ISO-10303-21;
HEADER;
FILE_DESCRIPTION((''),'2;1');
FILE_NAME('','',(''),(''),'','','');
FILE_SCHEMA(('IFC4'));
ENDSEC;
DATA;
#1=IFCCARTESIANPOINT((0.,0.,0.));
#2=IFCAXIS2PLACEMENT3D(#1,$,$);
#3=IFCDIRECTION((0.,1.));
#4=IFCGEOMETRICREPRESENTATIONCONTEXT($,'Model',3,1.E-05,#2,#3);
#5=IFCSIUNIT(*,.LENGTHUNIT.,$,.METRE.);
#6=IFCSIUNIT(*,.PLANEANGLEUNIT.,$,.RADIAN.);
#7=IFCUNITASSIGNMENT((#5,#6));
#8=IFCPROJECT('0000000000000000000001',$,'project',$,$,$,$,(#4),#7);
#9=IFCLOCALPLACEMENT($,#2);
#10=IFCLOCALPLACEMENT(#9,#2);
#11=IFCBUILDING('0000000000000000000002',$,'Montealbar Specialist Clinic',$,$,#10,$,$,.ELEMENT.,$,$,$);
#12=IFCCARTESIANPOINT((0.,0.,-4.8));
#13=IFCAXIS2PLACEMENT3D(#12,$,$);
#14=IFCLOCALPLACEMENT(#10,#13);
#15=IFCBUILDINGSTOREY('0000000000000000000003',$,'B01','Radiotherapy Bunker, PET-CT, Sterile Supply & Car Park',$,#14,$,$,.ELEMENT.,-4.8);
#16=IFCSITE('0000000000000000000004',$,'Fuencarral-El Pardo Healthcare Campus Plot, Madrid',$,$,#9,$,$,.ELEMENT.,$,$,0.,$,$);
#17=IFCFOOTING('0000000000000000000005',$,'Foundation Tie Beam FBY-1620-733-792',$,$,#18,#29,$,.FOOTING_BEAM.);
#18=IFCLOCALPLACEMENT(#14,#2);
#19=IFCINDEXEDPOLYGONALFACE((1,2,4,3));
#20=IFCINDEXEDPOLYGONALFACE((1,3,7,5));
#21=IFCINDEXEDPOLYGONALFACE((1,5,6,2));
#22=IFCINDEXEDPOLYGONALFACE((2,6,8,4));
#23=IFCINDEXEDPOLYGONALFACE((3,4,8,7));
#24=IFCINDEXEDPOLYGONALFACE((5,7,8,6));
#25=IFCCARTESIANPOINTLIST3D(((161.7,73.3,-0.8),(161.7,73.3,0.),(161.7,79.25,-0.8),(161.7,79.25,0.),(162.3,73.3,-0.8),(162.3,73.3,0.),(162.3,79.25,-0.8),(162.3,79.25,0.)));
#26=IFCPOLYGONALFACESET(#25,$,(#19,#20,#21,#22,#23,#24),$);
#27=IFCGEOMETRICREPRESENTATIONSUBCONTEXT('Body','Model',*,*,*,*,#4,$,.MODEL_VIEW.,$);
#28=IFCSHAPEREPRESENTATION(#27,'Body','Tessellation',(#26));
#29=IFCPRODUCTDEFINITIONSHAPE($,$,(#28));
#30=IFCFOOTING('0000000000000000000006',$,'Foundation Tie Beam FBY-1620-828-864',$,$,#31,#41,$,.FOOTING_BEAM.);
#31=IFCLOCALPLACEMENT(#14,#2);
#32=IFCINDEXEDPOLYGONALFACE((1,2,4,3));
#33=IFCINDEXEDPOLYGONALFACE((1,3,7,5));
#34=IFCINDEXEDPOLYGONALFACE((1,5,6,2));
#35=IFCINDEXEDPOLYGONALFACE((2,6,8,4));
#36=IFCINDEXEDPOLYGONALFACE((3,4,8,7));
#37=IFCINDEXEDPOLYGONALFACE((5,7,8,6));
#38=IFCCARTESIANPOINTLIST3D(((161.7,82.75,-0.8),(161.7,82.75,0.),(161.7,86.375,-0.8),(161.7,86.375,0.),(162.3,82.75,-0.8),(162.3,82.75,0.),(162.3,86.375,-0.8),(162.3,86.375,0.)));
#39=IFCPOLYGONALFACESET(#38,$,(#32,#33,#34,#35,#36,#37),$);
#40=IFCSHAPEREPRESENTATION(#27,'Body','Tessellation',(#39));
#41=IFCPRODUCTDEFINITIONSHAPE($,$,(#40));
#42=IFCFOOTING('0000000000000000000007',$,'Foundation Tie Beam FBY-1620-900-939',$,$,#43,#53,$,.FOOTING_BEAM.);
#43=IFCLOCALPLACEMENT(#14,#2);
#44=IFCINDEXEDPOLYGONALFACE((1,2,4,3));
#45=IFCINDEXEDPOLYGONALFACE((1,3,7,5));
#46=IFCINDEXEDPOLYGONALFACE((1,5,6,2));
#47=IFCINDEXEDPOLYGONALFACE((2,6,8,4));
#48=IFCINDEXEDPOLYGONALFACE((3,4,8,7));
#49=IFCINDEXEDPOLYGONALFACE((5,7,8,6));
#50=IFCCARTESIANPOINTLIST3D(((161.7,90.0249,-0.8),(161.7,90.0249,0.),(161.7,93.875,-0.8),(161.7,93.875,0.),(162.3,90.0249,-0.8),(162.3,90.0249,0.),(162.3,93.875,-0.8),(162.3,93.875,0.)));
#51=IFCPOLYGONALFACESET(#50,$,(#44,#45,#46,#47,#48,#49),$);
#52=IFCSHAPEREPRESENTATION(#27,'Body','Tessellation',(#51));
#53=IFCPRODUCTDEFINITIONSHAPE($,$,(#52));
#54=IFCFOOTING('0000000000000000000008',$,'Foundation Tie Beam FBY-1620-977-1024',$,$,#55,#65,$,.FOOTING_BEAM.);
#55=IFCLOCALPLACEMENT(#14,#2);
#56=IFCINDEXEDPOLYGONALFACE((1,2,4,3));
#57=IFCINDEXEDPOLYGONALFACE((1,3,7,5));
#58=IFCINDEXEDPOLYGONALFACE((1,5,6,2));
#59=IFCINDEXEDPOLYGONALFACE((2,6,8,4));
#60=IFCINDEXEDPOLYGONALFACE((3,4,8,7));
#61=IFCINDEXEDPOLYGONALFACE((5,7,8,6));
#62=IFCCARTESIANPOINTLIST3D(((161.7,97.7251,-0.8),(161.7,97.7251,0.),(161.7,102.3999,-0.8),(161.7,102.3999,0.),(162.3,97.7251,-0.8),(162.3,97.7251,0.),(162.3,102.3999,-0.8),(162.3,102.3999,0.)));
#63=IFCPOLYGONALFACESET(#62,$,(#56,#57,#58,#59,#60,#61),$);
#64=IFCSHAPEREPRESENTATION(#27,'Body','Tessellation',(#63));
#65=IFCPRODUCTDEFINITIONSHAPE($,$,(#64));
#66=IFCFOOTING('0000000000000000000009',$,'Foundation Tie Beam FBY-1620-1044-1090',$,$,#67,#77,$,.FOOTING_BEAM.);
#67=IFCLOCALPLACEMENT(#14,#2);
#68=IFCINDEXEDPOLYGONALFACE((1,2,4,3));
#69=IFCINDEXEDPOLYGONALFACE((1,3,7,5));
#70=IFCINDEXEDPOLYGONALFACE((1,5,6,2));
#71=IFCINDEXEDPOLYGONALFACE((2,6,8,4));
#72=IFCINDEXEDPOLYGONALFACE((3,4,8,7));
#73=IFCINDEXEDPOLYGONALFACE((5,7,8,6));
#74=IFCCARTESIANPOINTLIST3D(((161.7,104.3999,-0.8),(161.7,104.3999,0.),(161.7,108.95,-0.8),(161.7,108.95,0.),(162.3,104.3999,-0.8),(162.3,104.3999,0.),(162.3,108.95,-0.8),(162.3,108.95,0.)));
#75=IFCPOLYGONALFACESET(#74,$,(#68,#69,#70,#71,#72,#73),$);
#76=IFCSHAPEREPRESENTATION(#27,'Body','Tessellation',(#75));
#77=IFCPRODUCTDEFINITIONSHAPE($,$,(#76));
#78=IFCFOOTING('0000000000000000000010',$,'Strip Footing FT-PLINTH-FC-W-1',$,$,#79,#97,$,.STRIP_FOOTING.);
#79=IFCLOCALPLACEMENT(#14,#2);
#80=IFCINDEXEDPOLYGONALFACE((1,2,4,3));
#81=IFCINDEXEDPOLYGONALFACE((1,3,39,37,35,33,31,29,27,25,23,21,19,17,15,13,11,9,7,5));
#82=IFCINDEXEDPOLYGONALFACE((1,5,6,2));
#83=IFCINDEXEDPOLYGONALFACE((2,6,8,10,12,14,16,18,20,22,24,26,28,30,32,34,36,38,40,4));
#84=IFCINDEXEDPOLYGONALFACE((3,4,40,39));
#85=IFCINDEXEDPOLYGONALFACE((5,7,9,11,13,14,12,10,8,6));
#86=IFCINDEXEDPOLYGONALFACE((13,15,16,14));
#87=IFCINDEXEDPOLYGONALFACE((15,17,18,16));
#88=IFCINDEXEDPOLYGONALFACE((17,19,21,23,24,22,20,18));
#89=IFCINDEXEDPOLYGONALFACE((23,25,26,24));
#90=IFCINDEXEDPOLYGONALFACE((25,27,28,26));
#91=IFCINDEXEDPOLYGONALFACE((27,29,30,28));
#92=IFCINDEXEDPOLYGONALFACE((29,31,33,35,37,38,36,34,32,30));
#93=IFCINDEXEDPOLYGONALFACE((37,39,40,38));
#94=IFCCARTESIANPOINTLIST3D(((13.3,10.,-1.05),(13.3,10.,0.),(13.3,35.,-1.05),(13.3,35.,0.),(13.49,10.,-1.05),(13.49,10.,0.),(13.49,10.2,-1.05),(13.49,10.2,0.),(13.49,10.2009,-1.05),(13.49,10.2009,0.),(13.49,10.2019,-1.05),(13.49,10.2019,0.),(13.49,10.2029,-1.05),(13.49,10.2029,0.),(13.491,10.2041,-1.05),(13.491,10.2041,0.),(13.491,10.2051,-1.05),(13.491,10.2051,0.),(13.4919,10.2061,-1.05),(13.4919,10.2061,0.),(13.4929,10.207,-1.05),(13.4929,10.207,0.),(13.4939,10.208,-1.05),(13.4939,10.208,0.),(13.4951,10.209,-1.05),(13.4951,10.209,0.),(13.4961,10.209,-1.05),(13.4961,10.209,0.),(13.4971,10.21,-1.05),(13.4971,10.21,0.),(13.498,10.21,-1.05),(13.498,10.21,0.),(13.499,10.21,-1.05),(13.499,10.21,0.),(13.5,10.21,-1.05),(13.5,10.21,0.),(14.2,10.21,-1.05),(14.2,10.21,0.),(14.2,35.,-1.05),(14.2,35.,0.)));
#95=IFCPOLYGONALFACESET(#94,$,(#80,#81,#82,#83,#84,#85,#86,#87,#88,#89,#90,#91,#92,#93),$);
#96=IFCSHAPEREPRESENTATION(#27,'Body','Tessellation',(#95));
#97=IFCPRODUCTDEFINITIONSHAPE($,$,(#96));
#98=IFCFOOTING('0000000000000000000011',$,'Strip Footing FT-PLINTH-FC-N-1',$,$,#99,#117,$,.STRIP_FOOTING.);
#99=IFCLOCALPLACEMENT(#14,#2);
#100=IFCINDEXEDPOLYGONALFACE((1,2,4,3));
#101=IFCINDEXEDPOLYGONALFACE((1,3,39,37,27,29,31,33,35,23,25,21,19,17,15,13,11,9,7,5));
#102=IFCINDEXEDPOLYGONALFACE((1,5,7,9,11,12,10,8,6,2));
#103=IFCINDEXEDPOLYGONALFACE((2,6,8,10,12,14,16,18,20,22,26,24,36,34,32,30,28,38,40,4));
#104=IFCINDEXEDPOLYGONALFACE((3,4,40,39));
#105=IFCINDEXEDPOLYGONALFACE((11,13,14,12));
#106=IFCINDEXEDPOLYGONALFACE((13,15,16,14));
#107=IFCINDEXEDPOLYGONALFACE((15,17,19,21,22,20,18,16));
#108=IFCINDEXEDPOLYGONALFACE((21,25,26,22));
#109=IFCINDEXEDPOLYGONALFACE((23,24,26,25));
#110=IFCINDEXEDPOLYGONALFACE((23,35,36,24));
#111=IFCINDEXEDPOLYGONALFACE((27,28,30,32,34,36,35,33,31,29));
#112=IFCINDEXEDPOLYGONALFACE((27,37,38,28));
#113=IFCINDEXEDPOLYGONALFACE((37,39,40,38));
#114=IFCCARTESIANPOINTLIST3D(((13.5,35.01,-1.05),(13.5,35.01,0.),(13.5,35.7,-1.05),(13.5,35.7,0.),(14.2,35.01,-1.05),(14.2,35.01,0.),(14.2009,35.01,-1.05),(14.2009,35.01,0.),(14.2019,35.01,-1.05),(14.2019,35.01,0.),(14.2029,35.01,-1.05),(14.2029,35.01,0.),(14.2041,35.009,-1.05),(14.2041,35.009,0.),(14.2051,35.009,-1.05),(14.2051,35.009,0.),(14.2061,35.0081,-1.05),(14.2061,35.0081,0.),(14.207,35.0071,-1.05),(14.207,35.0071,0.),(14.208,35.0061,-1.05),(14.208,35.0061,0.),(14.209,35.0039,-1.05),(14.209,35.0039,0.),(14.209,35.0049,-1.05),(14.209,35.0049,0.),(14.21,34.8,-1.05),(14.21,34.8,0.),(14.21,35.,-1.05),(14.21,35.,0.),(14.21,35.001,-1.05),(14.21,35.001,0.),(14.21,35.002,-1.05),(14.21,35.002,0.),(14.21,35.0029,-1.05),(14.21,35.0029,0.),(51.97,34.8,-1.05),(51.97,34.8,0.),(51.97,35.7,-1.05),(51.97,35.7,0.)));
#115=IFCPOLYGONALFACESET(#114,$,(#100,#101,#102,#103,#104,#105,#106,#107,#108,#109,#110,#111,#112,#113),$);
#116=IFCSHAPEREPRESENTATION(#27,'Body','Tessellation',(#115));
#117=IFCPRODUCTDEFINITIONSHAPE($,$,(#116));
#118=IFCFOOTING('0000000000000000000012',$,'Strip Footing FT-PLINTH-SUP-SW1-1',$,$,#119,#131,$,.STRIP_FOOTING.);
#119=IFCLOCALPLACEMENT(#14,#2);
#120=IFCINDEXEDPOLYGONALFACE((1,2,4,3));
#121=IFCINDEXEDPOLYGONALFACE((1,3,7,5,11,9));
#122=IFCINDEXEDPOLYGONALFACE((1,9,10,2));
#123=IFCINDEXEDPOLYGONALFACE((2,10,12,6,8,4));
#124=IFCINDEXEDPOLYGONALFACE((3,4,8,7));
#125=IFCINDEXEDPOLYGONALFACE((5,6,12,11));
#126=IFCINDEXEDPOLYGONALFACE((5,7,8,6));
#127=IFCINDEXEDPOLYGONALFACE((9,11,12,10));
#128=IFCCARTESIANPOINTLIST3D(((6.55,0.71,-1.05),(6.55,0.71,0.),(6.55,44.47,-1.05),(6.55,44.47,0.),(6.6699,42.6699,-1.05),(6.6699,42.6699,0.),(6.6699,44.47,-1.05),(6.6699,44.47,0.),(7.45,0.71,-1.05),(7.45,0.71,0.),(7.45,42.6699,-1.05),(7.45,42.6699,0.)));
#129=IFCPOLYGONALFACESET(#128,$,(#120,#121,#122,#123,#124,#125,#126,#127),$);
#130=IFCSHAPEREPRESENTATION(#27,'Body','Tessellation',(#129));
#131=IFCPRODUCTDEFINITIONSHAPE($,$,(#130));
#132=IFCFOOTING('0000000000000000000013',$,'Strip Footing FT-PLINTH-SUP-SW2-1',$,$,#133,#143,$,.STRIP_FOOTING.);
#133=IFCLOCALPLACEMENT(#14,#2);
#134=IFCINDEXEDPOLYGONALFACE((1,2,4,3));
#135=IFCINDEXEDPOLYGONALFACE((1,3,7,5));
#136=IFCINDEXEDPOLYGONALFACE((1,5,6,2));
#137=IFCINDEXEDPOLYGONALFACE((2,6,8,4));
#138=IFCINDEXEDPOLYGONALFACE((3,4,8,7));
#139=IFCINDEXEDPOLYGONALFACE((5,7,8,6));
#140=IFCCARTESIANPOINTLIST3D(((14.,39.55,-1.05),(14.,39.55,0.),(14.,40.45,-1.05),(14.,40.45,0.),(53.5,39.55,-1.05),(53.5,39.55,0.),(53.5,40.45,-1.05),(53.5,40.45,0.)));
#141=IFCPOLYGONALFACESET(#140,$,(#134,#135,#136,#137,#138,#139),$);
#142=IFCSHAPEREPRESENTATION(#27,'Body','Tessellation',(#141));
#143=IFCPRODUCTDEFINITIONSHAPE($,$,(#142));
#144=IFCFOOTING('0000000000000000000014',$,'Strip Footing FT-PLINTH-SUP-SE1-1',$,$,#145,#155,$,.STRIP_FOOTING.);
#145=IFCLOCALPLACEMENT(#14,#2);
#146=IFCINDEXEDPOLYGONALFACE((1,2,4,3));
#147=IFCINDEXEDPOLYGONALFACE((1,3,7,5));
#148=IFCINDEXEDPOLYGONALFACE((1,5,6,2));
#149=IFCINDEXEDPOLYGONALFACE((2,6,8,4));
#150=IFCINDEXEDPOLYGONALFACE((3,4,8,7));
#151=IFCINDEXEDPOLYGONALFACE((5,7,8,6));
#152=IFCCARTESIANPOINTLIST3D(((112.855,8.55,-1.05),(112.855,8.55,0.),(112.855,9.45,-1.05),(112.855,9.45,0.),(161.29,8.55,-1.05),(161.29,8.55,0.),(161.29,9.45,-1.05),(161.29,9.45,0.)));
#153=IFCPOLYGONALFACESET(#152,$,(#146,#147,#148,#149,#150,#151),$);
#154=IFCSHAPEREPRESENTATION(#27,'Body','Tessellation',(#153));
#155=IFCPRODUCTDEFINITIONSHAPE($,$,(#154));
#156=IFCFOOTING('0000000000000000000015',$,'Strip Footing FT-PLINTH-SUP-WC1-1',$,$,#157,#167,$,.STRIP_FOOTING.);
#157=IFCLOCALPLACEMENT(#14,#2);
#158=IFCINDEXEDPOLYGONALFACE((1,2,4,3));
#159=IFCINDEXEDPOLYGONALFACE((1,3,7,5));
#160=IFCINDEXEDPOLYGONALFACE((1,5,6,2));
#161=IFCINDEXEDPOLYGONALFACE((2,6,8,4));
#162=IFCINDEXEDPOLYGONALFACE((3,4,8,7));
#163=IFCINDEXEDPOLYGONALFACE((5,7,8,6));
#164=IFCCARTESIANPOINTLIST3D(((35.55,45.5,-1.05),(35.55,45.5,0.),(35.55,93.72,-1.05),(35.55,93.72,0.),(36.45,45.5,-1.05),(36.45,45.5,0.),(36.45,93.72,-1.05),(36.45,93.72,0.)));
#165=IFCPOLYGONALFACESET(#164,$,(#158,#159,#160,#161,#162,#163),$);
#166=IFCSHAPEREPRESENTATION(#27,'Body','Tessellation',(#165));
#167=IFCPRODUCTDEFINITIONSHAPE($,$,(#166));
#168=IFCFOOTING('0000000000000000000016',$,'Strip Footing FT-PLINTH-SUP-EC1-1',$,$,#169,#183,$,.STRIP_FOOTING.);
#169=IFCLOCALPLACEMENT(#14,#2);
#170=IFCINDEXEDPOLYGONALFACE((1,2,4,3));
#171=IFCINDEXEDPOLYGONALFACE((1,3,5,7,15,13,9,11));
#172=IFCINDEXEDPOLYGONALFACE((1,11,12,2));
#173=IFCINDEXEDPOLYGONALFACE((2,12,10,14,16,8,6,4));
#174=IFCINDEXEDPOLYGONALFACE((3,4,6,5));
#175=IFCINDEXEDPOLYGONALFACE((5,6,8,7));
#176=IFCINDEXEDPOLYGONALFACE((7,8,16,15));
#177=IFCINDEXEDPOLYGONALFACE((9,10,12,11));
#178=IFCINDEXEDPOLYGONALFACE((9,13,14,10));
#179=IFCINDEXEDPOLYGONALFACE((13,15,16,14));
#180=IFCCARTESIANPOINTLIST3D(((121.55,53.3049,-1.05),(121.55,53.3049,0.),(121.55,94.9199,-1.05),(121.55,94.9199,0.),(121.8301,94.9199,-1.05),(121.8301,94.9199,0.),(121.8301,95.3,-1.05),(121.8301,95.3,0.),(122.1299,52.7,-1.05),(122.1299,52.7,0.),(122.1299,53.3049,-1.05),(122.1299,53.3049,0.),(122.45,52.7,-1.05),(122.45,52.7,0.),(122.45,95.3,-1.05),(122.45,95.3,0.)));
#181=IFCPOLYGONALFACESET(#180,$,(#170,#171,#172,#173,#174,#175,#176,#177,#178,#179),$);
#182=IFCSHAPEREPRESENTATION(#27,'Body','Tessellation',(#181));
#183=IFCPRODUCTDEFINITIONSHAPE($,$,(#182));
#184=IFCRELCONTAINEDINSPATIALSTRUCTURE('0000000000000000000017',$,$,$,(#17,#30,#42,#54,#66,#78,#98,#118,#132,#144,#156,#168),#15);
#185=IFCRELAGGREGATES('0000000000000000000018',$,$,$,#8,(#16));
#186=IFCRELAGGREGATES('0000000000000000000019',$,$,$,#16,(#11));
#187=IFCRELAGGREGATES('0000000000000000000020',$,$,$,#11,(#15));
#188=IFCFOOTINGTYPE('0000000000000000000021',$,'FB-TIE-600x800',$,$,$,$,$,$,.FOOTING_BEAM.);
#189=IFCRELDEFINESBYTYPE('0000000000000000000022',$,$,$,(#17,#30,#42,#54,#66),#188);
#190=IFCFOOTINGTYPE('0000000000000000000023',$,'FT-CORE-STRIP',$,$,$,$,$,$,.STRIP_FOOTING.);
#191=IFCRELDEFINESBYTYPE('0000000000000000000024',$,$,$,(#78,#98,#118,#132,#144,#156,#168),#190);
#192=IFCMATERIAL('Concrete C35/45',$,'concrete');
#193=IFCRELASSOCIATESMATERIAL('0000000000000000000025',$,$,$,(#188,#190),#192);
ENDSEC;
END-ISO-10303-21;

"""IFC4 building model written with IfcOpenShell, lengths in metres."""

from ifc_helpers import new_model, si_unit, direction, frame, origin, place, context, subcontext, project, spatial, polyline, outline, extrude, material, type_object, element, save


model = new_model("IFC4")

# Units and contexts
model_context = context("Model", 3, precision=1e-05, world=origin(), true_north=direction((0.0, 1.0)))
body_context = subcontext(model_context, "Body", "Model", "MODEL_VIEW")
ifc_project = project(units=[si_unit("LENGTHUNIT", "METRE"), si_unit("PLANEANGLEUNIT", "RADIAN")], contexts=[model_context])

# Site, building, storey
site_placement = place(None, origin())
site = spatial("IfcSite", under=ifc_project, at=site_placement, Name="Fuencarral-El Pardo Healthcare Campus Plot, Madrid", CompositionType="ELEMENT", RefElevation=0.0)
building_placement = place(site_placement, origin())
building = spatial("IfcBuilding", under=site, at=building_placement, Name="Montealbar Specialist Clinic", CompositionType="ELEMENT")
storey_placement = place(building_placement, frame((0.0, 0.0, -4.8)))
storey = spatial("IfcBuildingStorey", under=building, at=storey_placement, Name="B01", Description="Radiotherapy Bunker, PET-CT, Sterile Supply & Car Park", CompositionType="ELEMENT", Elevation=-4.8)

# Footings
ifc_material = material(Name="Concrete C35/45", Category="concrete")
footing_type_1 = type_object("IfcFootingType", Name="FB-TIE-600x800", PredefinedType="FOOTING_BEAM", material=ifc_material)
footing_1_placement = place(storey_placement, frame((0.0, 0.0, -0.8)))
element("IfcFooting", 1, at=footing_1_placement, inside=storey, type_object=footing_type_1, Name="Foundation Tie Beam FBY-1620-733-792", PredefinedType="FOOTING_BEAM", context=body_context, shape_type="SweptSolid", body=[
    extrude(outline(polyline([(161.7, 73.3), (162.3, 73.3), (162.3, 79.25), (161.7, 79.25), (161.7, 73.3)])), origin(), (0.0, 0.0, 1.0), 0.8),
])
footing_2_placement = place(storey_placement, frame((0.0, 0.0, -0.8)))
element("IfcFooting", 2, at=footing_2_placement, inside=storey, type_object=footing_type_1, Name="Foundation Tie Beam FBY-1620-828-864", PredefinedType="FOOTING_BEAM", context=body_context, shape_type="SweptSolid", body=[
    extrude(outline(polyline([(161.7, 82.75), (162.3, 82.75), (162.3, 86.375), (161.7, 86.375), (161.7, 82.75)])), origin(), (0.0, 0.0, 1.0), 0.8),
])
footing_3_placement = place(storey_placement, frame((0.0, 0.0, -0.8)))
element("IfcFooting", 3, at=footing_3_placement, inside=storey, type_object=footing_type_1, Name="Foundation Tie Beam FBY-1620-900-939", PredefinedType="FOOTING_BEAM", context=body_context, shape_type="SweptSolid", body=[
    extrude(outline(polyline([(161.7, 90.0249), (162.3, 90.0249), (162.3, 93.875), (161.7, 93.875), (161.7, 90.0249)])), origin(), (0.0, 0.0, 1.0), 0.8),
])
footing_4_placement = place(storey_placement, frame((0.0, 0.0, -0.8)))
element("IfcFooting", 4, at=footing_4_placement, inside=storey, type_object=footing_type_1, Name="Foundation Tie Beam FBY-1620-977-1024", PredefinedType="FOOTING_BEAM", context=body_context, shape_type="SweptSolid", body=[
    extrude(outline(polyline([(161.7, 97.7251), (162.3, 97.7251), (162.3, 102.3999), (161.7, 102.3999), (161.7, 97.7251)])), origin(), (0.0, 0.0, 1.0), 0.8),
])
footing_5_placement = place(storey_placement, frame((0.0, 0.0, -0.8)))
element("IfcFooting", 5, at=footing_5_placement, inside=storey, type_object=footing_type_1, Name="Foundation Tie Beam FBY-1620-1044-1090", PredefinedType="FOOTING_BEAM", context=body_context, shape_type="SweptSolid", body=[
    extrude(outline(polyline([(161.7, 104.3999), (162.3, 104.3999), (162.3, 108.95), (161.7, 108.95), (161.7, 104.3999)])), origin(), (0.0, 0.0, 1.0), 0.8),
])
footing_type_2 = type_object("IfcFootingType", Name="FT-CORE-STRIP", PredefinedType="STRIP_FOOTING", material=ifc_material)
footing_6_placement = place(storey_placement, frame((0.0, 0.0, -1.05)))
element("IfcFooting", 6, at=footing_6_placement, inside=storey, type_object=footing_type_2, Name="Strip Footing FT-PLINTH-FC-W-1", PredefinedType="STRIP_FOOTING", context=body_context, shape_type="SweptSolid", body=[
    extrude(outline(polyline([(14.2, 10.21), (13.5, 10.21), (13.499, 10.21), (13.498, 10.21), (13.4971, 10.21), (13.4961, 10.209), (13.4951, 10.209), (13.4939, 10.208), (13.4939, 10.208), (13.4929, 10.207), (13.4919, 10.2061), (13.4919, 10.2061), (13.491, 10.2051), (13.491, 10.2041), (13.49, 10.2029), (13.49, 10.2019), (13.49, 10.2009), (13.49, 10.2), (13.49, 10.0), (13.3, 10.0), (13.3, 35.0), (14.2, 35.0), (14.2, 10.21)])), origin(), (0.0, 0.0, 1.0), 1.05),
])
footing_7_placement = place(storey_placement, frame((0.0, 0.0, -1.05)))
element("IfcFooting", 7, at=footing_7_placement, inside=storey, type_object=footing_type_2, Name="Strip Footing FT-PLINTH-FC-N-1", PredefinedType="STRIP_FOOTING", context=body_context, shape_type="SweptSolid", body=[
    extrude(outline(polyline([(51.97, 35.7), (51.97, 34.8), (14.21, 34.8), (14.21, 35.0), (14.21, 35.001), (14.21, 35.002), (14.21, 35.0029), (14.209, 35.0039), (14.209, 35.0049), (14.208, 35.0061), (14.208, 35.0061), (14.207, 35.0071), (14.2061, 35.0081), (14.2061, 35.0081), (14.2051, 35.009), (14.2041, 35.009), (14.2029, 35.01), (14.2019, 35.01), (14.2009, 35.01), (14.2, 35.01), (13.5, 35.01), (13.5, 35.7), (51.97, 35.7)])), origin(), (0.0, 0.0, 1.0), 1.05),
])
footing_8_placement = place(storey_placement, frame((0.0, 0.0, -1.05)))
element("IfcFooting", 8, at=footing_8_placement, inside=storey, type_object=footing_type_2, Name="Strip Footing FT-PLINTH-SUP-SW1-1", PredefinedType="STRIP_FOOTING", context=body_context, shape_type="SweptSolid", body=[
    extrude(outline(polyline([(6.55, 0.71), (6.55, 44.47), (6.6699, 44.47), (6.6699, 42.6699), (7.45, 42.6699), (7.45, 0.71), (6.55, 0.71)])), origin(), (0.0, 0.0, 1.0), 1.05),
])
footing_9_placement = place(storey_placement, frame((0.0, 0.0, -1.05)))
element("IfcFooting", 9, at=footing_9_placement, inside=storey, type_object=footing_type_2, Name="Strip Footing FT-PLINTH-SUP-SW2-1", PredefinedType="STRIP_FOOTING", context=body_context, shape_type="SweptSolid", body=[
    extrude(outline(polyline([(53.5, 39.55), (14.0, 39.55), (14.0, 40.45), (53.5, 40.45), (53.5, 39.55)])), origin(), (0.0, 0.0, 1.0), 1.05),
])
footing_10_placement = place(storey_placement, frame((0.0, 0.0, -1.05)))
element("IfcFooting", 10, at=footing_10_placement, inside=storey, type_object=footing_type_2, Name="Strip Footing FT-PLINTH-SUP-SE1-1", PredefinedType="STRIP_FOOTING", context=body_context, shape_type="SweptSolid", body=[
    extrude(outline(polyline([(112.855, 9.45), (161.29, 9.45), (161.29, 8.55), (112.855, 8.55), (112.855, 9.45)])), origin(), (0.0, 0.0, 1.0), 1.05),
])
footing_11_placement = place(storey_placement, frame((0.0, 0.0, -1.05)))
element("IfcFooting", 11, at=footing_11_placement, inside=storey, type_object=footing_type_2, Name="Strip Footing FT-PLINTH-SUP-WC1-1", PredefinedType="STRIP_FOOTING", context=body_context, shape_type="SweptSolid", body=[
    extrude(outline(polyline([(35.55, 45.5), (35.55, 93.72), (36.45, 93.72), (36.45, 45.5), (35.55, 45.5)])), origin(), (0.0, 0.0, 1.0), 1.05),
])
footing_12_placement = place(storey_placement, frame((0.0, 0.0, -1.05)))
element("IfcFooting", 12, at=footing_12_placement, inside=storey, type_object=footing_type_2, Name="Strip Footing FT-PLINTH-SUP-EC1-1", PredefinedType="STRIP_FOOTING", context=body_context, shape_type="SweptSolid", body=[
    extrude(outline(polyline([(122.1299, 53.3049), (121.55, 53.3049), (121.55, 94.9199), (121.8301, 94.9199), (121.8301, 95.3), (122.45, 95.3), (122.45, 52.7), (122.1299, 52.7), (122.1299, 53.3049)])), origin(), (0.0, 0.0, 1.0), 1.05),
])

save(model, "model.ifc")
